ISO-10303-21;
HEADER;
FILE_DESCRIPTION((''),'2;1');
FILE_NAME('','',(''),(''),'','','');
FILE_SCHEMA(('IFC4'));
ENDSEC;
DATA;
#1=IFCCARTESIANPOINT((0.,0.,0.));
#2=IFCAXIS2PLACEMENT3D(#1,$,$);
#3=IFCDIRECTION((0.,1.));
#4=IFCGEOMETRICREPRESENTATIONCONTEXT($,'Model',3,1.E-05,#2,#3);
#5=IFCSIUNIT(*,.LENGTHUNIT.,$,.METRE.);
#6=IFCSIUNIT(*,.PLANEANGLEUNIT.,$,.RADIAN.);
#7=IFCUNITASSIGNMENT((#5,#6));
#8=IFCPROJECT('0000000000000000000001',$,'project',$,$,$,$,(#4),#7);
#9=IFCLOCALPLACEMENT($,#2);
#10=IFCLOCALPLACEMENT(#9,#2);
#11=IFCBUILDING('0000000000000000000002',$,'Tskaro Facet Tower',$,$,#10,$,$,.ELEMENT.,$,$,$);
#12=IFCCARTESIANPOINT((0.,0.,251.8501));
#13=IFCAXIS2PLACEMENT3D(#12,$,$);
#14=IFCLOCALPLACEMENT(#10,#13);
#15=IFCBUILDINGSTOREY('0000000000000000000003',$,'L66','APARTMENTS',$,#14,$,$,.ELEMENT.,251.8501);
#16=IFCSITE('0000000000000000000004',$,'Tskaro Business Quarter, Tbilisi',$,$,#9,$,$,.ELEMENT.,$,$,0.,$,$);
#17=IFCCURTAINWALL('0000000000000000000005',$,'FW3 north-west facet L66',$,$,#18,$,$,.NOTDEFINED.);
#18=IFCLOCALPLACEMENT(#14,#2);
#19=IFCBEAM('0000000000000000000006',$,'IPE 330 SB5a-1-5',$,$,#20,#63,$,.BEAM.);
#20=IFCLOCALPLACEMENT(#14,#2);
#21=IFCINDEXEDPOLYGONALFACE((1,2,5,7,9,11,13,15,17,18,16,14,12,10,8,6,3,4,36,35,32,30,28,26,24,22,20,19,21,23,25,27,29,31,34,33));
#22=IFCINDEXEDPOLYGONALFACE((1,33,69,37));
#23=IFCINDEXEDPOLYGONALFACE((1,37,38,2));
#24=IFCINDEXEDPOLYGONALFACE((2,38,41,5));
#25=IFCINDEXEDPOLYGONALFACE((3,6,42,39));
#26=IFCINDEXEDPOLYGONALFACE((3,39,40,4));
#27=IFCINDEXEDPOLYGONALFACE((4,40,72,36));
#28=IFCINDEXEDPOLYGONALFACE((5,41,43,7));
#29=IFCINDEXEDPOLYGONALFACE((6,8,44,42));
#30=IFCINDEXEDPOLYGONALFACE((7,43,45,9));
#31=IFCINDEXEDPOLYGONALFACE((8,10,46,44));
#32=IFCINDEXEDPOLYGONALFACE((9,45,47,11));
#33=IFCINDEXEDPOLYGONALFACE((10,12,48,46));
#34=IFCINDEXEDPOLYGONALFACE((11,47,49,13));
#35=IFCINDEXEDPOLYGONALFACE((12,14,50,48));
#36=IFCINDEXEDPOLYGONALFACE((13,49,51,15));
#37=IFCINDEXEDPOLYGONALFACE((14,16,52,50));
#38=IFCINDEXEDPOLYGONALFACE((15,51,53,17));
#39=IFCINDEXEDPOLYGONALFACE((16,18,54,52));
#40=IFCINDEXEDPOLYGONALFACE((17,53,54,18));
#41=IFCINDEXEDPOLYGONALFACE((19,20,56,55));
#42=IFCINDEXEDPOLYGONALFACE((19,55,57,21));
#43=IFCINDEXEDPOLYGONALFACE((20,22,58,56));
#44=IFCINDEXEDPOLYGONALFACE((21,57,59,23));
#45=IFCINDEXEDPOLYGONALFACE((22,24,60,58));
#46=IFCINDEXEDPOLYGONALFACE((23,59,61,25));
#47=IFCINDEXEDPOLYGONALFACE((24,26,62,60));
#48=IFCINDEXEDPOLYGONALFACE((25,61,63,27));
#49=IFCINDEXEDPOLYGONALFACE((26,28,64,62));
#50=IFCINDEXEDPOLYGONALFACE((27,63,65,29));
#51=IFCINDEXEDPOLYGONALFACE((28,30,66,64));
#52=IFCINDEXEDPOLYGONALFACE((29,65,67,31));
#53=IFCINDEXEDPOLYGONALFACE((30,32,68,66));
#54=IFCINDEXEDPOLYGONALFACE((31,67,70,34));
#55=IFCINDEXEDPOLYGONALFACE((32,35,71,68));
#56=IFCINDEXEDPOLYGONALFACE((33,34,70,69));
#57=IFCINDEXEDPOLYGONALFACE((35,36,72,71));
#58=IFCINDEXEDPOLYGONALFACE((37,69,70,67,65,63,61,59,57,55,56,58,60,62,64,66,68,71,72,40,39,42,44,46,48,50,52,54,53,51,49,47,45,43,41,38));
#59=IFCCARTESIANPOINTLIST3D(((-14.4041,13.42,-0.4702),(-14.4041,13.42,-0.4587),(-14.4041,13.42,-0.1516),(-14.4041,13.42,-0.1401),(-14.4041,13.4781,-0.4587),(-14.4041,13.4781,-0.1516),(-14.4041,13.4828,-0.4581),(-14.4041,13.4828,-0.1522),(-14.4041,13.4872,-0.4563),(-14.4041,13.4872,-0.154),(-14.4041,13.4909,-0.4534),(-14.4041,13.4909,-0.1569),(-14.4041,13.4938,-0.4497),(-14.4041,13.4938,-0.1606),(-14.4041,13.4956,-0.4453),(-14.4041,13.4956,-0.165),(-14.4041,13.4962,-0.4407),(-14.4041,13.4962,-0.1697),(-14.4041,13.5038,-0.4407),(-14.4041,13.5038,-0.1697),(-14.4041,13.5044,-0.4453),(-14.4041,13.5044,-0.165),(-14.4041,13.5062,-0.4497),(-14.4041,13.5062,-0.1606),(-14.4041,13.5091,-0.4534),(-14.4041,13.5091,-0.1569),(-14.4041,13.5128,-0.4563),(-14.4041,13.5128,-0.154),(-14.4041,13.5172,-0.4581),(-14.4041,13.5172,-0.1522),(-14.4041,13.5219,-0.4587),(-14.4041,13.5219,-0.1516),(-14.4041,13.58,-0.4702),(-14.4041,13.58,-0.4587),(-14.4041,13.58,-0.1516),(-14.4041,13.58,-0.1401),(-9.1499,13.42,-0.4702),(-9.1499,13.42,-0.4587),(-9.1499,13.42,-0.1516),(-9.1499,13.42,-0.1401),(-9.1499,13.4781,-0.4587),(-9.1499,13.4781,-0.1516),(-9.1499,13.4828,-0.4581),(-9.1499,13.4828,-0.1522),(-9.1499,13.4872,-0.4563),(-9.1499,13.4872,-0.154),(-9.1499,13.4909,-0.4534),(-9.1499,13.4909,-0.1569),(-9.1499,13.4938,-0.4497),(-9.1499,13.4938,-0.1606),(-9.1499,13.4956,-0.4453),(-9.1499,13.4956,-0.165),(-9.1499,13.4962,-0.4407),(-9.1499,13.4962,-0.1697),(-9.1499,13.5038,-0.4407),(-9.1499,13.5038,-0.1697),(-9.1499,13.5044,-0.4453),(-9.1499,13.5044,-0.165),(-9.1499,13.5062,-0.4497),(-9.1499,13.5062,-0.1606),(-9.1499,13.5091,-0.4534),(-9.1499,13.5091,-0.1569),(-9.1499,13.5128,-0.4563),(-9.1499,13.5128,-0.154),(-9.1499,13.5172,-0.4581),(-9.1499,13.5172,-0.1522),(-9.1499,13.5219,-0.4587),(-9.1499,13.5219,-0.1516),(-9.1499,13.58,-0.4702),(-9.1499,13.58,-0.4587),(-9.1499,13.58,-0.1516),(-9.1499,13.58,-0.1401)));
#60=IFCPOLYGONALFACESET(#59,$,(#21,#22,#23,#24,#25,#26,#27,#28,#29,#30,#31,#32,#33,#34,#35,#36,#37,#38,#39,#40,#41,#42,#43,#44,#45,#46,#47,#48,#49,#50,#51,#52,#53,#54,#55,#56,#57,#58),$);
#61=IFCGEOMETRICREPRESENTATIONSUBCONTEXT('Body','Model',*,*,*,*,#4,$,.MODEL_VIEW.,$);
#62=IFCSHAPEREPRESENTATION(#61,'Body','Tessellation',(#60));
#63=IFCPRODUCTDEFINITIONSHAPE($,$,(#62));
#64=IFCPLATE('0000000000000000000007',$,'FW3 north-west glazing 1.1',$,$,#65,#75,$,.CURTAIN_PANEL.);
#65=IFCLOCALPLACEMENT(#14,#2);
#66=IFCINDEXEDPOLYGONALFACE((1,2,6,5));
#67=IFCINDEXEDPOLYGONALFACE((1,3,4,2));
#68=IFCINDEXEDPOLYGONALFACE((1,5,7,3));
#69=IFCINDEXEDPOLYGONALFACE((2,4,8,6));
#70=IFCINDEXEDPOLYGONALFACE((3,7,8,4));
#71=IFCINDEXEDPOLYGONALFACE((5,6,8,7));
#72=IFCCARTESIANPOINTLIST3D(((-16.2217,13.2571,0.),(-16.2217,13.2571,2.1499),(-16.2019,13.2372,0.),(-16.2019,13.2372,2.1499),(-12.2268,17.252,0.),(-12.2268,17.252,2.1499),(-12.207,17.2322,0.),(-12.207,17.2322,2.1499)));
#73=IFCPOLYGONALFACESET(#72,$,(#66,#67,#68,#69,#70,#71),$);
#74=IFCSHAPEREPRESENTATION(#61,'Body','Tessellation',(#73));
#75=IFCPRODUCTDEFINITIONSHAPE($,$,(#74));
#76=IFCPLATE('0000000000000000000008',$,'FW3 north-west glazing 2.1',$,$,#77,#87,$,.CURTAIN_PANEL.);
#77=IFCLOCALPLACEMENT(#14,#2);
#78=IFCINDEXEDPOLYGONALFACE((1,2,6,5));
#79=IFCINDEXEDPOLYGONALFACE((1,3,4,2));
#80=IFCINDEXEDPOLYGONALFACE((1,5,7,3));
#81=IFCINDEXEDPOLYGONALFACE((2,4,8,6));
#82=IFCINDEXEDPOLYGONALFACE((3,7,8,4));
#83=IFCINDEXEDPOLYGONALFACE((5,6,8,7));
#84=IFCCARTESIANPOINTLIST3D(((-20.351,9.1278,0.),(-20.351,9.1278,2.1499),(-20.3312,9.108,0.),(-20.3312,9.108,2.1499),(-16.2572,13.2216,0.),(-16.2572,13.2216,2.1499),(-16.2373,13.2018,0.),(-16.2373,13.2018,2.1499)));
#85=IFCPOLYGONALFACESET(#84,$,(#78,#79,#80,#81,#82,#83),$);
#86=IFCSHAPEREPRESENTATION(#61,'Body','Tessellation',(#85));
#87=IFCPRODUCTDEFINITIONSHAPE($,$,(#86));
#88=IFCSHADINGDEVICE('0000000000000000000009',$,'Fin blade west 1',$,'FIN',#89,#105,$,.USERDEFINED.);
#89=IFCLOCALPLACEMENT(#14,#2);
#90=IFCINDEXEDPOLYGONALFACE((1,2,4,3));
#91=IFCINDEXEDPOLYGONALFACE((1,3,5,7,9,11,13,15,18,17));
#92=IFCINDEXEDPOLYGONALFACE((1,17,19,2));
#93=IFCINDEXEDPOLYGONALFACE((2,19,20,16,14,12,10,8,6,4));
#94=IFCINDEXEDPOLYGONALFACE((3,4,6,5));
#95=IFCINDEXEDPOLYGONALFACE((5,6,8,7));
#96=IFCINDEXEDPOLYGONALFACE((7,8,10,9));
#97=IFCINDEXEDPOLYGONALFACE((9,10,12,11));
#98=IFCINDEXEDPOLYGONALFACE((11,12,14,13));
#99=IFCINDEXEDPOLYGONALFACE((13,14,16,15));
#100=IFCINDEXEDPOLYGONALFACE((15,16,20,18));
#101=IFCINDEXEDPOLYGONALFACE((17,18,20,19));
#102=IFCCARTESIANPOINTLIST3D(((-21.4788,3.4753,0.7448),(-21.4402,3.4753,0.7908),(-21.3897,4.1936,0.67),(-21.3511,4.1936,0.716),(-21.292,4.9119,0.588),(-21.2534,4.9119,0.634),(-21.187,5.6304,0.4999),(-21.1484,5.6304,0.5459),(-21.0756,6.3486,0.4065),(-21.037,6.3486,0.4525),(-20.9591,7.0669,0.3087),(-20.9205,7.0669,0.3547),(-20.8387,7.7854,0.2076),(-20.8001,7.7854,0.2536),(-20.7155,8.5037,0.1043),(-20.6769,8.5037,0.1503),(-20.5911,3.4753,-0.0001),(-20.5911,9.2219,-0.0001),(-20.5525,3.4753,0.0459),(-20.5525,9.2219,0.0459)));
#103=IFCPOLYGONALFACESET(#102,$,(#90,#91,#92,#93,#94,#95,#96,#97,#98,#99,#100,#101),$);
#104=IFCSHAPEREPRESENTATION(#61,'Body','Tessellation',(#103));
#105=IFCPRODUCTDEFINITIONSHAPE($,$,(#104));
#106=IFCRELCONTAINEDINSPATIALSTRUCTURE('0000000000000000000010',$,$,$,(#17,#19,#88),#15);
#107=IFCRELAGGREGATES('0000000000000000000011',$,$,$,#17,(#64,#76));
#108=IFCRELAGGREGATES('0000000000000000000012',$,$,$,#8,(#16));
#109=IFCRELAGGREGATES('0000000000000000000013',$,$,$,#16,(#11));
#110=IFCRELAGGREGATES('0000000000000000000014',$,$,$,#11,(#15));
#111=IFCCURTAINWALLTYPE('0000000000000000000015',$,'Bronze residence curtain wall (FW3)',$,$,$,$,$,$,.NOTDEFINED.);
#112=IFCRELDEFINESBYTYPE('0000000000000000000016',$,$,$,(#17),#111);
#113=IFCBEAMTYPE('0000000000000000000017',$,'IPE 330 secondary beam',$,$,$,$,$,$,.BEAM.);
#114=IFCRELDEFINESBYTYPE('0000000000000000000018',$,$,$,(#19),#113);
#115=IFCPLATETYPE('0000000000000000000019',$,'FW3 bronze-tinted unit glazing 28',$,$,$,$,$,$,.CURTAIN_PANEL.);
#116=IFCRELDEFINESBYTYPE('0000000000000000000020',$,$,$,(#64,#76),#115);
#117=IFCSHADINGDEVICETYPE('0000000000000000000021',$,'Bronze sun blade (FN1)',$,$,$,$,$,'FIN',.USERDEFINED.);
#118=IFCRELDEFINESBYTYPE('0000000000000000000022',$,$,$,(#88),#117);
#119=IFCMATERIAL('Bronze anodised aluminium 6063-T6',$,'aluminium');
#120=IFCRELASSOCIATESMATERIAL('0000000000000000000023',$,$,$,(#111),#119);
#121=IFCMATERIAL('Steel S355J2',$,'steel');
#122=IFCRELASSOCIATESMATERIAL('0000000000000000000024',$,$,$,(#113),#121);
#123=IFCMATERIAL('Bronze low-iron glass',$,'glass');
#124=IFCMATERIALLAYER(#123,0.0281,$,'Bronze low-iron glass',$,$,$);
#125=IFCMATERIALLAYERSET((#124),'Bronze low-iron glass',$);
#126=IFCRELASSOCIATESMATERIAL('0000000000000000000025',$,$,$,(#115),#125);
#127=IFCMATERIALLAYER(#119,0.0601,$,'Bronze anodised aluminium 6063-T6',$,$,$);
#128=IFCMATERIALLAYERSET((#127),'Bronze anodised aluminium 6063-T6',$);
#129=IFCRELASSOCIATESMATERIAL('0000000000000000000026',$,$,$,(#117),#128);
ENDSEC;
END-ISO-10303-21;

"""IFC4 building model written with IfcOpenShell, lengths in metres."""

from ifc_helpers import new_model, si_unit, direction, frame, origin, origin_2d, place, context, subcontext, project, spatial, polyline, rectangle, i_section, outline, extrude, material, layer, layer_set, material_profile, profile_set, type_object, element, aggregate, save


model = new_model("IFC4")

# Units and contexts
model_context = context("Model", 3, precision=1e-05, world=origin(), true_north=direction((0.0, 1.0)))
body_context = subcontext(model_context, "Body", "Model", "MODEL_VIEW")
ifc_project = project(units=[si_unit("LENGTHUNIT", "METRE"), si_unit("PLANEANGLEUNIT", "RADIAN")], contexts=[model_context])

# Site, building, storey
site_placement = place(None, origin())
site = spatial("IfcSite", under=ifc_project, at=site_placement, Name="Tskaro Business Quarter, Tbilisi", CompositionType="ELEMENT", RefElevation=0.0)
building_placement = place(site_placement, origin())
building = spatial("IfcBuilding", under=site, at=building_placement, Name="Tskaro Facet Tower", CompositionType="ELEMENT")
storey_placement = place(building_placement, frame((0.0, 0.0, 251.8501)))
storey = spatial("IfcBuildingStorey", under=building, at=storey_placement, Name="L66", Description="APARTMENTS", CompositionType="ELEMENT", Elevation=251.8501)

# Shared definitions
ifc_material_1 = material(Name="Steel S355J2", Category="steel")

# Curtain wall
ifc_material_2 = material(Name="Bronze anodised aluminium 6063-T6", Category="aluminium")
curtain_wall_type = type_object("IfcCurtainWallType", Name="Bronze residence curtain wall (FW3)", PredefinedType="NOTDEFINED", material=ifc_material_2)
curtain_wall_1_placement = place(storey_placement, origin())
curtain_wall_1 = element("IfcCurtainWall", 1, at=curtain_wall_1_placement, inside=storey, type_object=curtain_wall_type, Name="FW3 north-west facet L66", PredefinedType="NOTDEFINED")

# Beam
ifc_material_profile_1 = material_profile(ifc_material_1, i_section(OverallWidth=0.1599, OverallDepth=0.3301, WebThickness=0.0076, FlangeThickness=0.0115, FilletRadius=0.0181, at=origin_2d()), Name="IPE 330")
ifc_profile_set_1 = profile_set([ifc_material_profile_1], Name="Steel S355J2")
beam_type_1 = type_object("IfcBeamType", Name="IPE 330 secondary beam", PredefinedType="BEAM", material=ifc_profile_set_1)
beam_placement = place(storey_placement, frame((-14.4041, 13.5, -0.3052), z_axis=(1.0, 0.0, 0.0), x_axis=(0.0, 1.0, 0.0)))
element("IfcBeam", 2, at=beam_placement, inside=storey, type_object=beam_type_1, Name="IPE 330 SB5a-1-5", PredefinedType="BEAM", context=body_context, shape_type="SweptSolid", body=[
    extrude(i_section(OverallWidth=0.1599, OverallDepth=0.3301, WebThickness=0.0076, FlangeThickness=0.0115, FilletRadius=0.0181, at=origin_2d()), origin(), (0.0, 0.0, 1.0), 5.2542),
])

# Plates
ifc_material_3 = material(Name="Bronze low-iron glass", Category="glass")
ifc_layer_1 = layer(ifc_material_3, 0.0281, Name="Bronze low-iron glass")
ifc_layer_set_1 = layer_set([ifc_layer_1], Name="Bronze low-iron glass")
plate_type = type_object("IfcPlateType", Name="FW3 bronze-tinted unit glazing 28", PredefinedType="CURTAIN_PANEL", material=ifc_layer_set_1)
plate_1_placement = place(storey_placement, frame((-14.2144, 15.2446, 0.0), z_axis=(0.0, 0.0, 1.0), x_axis=(-0.707107, -0.707107, 0.0)))
plate_1 = element("IfcPlate", 3, at=plate_1_placement, type_object=plate_type, Name="FW3 north-west glazing 1.1", PredefinedType="CURTAIN_PANEL", context=body_context, shape_type="SweptSolid", body=[
    extrude(rectangle(XDim=5.6497, YDim=0.0281, at=origin_2d()), origin(), (0.0, 0.0, 1.0), 2.1499),
])
plate_2_placement = place(storey_placement, frame((-18.2942, 11.1648, 0.0), z_axis=(0.0, 0.0, 1.0), x_axis=(-0.707107, -0.707107, 0.0)))
plate_2 = element("IfcPlate", 4, at=plate_2_placement, type_object=plate_type, Name="FW3 north-west glazing 2.1", PredefinedType="CURTAIN_PANEL", context=body_context, shape_type="SweptSolid", body=[
    extrude(rectangle(XDim=5.7896, YDim=0.0281, at=origin_2d()), origin(), (0.0, 0.0, 1.0), 2.1499),
])
aggregate(curtain_wall_1, [plate_1, plate_2])

# Shading device
ifc_layer_2 = layer(ifc_material_2, 0.0601, Name="Bronze anodised aluminium 6063-T6")
ifc_layer_set_2 = layer_set([ifc_layer_2], Name="Bronze anodised aluminium 6063-T6")
shading_device_type = type_object("IfcShadingDeviceType", Name="Bronze sun blade (FN1)", ElementType="FIN", PredefinedType="USERDEFINED", material=ifc_layer_set_2)
shading_device_placement = place(storey_placement, frame((-20.5525, 9.2219, 0.0459), z_axis=(0.642815, -0.000007, 0.766021), x_axis=(-0.000004, -1.0, -0.000005)))
element("IfcShadingDevice", 5, at=shading_device_placement, inside=storey, type_object=shading_device_type, Name="Fin blade west 1", ObjectType="FIN", PredefinedType="USERDEFINED", context=body_context, shape_type="SweptSolid", body=[
    extrude(outline(polyline([(0.0, 0.0), (5.7466, 0.0), (5.7466, -1.1588), (5.0283, -1.0425), (4.3101, -0.915), (3.5916, -0.7779), (2.8733, -0.6325), (2.155, -0.4804), (1.4365, -0.3232), (0.7183, -0.1624), (0.0, 0.0)])), origin(), (0.0, 0.0, -1.0), 0.0601),
])

save(model, "model.ifc")
